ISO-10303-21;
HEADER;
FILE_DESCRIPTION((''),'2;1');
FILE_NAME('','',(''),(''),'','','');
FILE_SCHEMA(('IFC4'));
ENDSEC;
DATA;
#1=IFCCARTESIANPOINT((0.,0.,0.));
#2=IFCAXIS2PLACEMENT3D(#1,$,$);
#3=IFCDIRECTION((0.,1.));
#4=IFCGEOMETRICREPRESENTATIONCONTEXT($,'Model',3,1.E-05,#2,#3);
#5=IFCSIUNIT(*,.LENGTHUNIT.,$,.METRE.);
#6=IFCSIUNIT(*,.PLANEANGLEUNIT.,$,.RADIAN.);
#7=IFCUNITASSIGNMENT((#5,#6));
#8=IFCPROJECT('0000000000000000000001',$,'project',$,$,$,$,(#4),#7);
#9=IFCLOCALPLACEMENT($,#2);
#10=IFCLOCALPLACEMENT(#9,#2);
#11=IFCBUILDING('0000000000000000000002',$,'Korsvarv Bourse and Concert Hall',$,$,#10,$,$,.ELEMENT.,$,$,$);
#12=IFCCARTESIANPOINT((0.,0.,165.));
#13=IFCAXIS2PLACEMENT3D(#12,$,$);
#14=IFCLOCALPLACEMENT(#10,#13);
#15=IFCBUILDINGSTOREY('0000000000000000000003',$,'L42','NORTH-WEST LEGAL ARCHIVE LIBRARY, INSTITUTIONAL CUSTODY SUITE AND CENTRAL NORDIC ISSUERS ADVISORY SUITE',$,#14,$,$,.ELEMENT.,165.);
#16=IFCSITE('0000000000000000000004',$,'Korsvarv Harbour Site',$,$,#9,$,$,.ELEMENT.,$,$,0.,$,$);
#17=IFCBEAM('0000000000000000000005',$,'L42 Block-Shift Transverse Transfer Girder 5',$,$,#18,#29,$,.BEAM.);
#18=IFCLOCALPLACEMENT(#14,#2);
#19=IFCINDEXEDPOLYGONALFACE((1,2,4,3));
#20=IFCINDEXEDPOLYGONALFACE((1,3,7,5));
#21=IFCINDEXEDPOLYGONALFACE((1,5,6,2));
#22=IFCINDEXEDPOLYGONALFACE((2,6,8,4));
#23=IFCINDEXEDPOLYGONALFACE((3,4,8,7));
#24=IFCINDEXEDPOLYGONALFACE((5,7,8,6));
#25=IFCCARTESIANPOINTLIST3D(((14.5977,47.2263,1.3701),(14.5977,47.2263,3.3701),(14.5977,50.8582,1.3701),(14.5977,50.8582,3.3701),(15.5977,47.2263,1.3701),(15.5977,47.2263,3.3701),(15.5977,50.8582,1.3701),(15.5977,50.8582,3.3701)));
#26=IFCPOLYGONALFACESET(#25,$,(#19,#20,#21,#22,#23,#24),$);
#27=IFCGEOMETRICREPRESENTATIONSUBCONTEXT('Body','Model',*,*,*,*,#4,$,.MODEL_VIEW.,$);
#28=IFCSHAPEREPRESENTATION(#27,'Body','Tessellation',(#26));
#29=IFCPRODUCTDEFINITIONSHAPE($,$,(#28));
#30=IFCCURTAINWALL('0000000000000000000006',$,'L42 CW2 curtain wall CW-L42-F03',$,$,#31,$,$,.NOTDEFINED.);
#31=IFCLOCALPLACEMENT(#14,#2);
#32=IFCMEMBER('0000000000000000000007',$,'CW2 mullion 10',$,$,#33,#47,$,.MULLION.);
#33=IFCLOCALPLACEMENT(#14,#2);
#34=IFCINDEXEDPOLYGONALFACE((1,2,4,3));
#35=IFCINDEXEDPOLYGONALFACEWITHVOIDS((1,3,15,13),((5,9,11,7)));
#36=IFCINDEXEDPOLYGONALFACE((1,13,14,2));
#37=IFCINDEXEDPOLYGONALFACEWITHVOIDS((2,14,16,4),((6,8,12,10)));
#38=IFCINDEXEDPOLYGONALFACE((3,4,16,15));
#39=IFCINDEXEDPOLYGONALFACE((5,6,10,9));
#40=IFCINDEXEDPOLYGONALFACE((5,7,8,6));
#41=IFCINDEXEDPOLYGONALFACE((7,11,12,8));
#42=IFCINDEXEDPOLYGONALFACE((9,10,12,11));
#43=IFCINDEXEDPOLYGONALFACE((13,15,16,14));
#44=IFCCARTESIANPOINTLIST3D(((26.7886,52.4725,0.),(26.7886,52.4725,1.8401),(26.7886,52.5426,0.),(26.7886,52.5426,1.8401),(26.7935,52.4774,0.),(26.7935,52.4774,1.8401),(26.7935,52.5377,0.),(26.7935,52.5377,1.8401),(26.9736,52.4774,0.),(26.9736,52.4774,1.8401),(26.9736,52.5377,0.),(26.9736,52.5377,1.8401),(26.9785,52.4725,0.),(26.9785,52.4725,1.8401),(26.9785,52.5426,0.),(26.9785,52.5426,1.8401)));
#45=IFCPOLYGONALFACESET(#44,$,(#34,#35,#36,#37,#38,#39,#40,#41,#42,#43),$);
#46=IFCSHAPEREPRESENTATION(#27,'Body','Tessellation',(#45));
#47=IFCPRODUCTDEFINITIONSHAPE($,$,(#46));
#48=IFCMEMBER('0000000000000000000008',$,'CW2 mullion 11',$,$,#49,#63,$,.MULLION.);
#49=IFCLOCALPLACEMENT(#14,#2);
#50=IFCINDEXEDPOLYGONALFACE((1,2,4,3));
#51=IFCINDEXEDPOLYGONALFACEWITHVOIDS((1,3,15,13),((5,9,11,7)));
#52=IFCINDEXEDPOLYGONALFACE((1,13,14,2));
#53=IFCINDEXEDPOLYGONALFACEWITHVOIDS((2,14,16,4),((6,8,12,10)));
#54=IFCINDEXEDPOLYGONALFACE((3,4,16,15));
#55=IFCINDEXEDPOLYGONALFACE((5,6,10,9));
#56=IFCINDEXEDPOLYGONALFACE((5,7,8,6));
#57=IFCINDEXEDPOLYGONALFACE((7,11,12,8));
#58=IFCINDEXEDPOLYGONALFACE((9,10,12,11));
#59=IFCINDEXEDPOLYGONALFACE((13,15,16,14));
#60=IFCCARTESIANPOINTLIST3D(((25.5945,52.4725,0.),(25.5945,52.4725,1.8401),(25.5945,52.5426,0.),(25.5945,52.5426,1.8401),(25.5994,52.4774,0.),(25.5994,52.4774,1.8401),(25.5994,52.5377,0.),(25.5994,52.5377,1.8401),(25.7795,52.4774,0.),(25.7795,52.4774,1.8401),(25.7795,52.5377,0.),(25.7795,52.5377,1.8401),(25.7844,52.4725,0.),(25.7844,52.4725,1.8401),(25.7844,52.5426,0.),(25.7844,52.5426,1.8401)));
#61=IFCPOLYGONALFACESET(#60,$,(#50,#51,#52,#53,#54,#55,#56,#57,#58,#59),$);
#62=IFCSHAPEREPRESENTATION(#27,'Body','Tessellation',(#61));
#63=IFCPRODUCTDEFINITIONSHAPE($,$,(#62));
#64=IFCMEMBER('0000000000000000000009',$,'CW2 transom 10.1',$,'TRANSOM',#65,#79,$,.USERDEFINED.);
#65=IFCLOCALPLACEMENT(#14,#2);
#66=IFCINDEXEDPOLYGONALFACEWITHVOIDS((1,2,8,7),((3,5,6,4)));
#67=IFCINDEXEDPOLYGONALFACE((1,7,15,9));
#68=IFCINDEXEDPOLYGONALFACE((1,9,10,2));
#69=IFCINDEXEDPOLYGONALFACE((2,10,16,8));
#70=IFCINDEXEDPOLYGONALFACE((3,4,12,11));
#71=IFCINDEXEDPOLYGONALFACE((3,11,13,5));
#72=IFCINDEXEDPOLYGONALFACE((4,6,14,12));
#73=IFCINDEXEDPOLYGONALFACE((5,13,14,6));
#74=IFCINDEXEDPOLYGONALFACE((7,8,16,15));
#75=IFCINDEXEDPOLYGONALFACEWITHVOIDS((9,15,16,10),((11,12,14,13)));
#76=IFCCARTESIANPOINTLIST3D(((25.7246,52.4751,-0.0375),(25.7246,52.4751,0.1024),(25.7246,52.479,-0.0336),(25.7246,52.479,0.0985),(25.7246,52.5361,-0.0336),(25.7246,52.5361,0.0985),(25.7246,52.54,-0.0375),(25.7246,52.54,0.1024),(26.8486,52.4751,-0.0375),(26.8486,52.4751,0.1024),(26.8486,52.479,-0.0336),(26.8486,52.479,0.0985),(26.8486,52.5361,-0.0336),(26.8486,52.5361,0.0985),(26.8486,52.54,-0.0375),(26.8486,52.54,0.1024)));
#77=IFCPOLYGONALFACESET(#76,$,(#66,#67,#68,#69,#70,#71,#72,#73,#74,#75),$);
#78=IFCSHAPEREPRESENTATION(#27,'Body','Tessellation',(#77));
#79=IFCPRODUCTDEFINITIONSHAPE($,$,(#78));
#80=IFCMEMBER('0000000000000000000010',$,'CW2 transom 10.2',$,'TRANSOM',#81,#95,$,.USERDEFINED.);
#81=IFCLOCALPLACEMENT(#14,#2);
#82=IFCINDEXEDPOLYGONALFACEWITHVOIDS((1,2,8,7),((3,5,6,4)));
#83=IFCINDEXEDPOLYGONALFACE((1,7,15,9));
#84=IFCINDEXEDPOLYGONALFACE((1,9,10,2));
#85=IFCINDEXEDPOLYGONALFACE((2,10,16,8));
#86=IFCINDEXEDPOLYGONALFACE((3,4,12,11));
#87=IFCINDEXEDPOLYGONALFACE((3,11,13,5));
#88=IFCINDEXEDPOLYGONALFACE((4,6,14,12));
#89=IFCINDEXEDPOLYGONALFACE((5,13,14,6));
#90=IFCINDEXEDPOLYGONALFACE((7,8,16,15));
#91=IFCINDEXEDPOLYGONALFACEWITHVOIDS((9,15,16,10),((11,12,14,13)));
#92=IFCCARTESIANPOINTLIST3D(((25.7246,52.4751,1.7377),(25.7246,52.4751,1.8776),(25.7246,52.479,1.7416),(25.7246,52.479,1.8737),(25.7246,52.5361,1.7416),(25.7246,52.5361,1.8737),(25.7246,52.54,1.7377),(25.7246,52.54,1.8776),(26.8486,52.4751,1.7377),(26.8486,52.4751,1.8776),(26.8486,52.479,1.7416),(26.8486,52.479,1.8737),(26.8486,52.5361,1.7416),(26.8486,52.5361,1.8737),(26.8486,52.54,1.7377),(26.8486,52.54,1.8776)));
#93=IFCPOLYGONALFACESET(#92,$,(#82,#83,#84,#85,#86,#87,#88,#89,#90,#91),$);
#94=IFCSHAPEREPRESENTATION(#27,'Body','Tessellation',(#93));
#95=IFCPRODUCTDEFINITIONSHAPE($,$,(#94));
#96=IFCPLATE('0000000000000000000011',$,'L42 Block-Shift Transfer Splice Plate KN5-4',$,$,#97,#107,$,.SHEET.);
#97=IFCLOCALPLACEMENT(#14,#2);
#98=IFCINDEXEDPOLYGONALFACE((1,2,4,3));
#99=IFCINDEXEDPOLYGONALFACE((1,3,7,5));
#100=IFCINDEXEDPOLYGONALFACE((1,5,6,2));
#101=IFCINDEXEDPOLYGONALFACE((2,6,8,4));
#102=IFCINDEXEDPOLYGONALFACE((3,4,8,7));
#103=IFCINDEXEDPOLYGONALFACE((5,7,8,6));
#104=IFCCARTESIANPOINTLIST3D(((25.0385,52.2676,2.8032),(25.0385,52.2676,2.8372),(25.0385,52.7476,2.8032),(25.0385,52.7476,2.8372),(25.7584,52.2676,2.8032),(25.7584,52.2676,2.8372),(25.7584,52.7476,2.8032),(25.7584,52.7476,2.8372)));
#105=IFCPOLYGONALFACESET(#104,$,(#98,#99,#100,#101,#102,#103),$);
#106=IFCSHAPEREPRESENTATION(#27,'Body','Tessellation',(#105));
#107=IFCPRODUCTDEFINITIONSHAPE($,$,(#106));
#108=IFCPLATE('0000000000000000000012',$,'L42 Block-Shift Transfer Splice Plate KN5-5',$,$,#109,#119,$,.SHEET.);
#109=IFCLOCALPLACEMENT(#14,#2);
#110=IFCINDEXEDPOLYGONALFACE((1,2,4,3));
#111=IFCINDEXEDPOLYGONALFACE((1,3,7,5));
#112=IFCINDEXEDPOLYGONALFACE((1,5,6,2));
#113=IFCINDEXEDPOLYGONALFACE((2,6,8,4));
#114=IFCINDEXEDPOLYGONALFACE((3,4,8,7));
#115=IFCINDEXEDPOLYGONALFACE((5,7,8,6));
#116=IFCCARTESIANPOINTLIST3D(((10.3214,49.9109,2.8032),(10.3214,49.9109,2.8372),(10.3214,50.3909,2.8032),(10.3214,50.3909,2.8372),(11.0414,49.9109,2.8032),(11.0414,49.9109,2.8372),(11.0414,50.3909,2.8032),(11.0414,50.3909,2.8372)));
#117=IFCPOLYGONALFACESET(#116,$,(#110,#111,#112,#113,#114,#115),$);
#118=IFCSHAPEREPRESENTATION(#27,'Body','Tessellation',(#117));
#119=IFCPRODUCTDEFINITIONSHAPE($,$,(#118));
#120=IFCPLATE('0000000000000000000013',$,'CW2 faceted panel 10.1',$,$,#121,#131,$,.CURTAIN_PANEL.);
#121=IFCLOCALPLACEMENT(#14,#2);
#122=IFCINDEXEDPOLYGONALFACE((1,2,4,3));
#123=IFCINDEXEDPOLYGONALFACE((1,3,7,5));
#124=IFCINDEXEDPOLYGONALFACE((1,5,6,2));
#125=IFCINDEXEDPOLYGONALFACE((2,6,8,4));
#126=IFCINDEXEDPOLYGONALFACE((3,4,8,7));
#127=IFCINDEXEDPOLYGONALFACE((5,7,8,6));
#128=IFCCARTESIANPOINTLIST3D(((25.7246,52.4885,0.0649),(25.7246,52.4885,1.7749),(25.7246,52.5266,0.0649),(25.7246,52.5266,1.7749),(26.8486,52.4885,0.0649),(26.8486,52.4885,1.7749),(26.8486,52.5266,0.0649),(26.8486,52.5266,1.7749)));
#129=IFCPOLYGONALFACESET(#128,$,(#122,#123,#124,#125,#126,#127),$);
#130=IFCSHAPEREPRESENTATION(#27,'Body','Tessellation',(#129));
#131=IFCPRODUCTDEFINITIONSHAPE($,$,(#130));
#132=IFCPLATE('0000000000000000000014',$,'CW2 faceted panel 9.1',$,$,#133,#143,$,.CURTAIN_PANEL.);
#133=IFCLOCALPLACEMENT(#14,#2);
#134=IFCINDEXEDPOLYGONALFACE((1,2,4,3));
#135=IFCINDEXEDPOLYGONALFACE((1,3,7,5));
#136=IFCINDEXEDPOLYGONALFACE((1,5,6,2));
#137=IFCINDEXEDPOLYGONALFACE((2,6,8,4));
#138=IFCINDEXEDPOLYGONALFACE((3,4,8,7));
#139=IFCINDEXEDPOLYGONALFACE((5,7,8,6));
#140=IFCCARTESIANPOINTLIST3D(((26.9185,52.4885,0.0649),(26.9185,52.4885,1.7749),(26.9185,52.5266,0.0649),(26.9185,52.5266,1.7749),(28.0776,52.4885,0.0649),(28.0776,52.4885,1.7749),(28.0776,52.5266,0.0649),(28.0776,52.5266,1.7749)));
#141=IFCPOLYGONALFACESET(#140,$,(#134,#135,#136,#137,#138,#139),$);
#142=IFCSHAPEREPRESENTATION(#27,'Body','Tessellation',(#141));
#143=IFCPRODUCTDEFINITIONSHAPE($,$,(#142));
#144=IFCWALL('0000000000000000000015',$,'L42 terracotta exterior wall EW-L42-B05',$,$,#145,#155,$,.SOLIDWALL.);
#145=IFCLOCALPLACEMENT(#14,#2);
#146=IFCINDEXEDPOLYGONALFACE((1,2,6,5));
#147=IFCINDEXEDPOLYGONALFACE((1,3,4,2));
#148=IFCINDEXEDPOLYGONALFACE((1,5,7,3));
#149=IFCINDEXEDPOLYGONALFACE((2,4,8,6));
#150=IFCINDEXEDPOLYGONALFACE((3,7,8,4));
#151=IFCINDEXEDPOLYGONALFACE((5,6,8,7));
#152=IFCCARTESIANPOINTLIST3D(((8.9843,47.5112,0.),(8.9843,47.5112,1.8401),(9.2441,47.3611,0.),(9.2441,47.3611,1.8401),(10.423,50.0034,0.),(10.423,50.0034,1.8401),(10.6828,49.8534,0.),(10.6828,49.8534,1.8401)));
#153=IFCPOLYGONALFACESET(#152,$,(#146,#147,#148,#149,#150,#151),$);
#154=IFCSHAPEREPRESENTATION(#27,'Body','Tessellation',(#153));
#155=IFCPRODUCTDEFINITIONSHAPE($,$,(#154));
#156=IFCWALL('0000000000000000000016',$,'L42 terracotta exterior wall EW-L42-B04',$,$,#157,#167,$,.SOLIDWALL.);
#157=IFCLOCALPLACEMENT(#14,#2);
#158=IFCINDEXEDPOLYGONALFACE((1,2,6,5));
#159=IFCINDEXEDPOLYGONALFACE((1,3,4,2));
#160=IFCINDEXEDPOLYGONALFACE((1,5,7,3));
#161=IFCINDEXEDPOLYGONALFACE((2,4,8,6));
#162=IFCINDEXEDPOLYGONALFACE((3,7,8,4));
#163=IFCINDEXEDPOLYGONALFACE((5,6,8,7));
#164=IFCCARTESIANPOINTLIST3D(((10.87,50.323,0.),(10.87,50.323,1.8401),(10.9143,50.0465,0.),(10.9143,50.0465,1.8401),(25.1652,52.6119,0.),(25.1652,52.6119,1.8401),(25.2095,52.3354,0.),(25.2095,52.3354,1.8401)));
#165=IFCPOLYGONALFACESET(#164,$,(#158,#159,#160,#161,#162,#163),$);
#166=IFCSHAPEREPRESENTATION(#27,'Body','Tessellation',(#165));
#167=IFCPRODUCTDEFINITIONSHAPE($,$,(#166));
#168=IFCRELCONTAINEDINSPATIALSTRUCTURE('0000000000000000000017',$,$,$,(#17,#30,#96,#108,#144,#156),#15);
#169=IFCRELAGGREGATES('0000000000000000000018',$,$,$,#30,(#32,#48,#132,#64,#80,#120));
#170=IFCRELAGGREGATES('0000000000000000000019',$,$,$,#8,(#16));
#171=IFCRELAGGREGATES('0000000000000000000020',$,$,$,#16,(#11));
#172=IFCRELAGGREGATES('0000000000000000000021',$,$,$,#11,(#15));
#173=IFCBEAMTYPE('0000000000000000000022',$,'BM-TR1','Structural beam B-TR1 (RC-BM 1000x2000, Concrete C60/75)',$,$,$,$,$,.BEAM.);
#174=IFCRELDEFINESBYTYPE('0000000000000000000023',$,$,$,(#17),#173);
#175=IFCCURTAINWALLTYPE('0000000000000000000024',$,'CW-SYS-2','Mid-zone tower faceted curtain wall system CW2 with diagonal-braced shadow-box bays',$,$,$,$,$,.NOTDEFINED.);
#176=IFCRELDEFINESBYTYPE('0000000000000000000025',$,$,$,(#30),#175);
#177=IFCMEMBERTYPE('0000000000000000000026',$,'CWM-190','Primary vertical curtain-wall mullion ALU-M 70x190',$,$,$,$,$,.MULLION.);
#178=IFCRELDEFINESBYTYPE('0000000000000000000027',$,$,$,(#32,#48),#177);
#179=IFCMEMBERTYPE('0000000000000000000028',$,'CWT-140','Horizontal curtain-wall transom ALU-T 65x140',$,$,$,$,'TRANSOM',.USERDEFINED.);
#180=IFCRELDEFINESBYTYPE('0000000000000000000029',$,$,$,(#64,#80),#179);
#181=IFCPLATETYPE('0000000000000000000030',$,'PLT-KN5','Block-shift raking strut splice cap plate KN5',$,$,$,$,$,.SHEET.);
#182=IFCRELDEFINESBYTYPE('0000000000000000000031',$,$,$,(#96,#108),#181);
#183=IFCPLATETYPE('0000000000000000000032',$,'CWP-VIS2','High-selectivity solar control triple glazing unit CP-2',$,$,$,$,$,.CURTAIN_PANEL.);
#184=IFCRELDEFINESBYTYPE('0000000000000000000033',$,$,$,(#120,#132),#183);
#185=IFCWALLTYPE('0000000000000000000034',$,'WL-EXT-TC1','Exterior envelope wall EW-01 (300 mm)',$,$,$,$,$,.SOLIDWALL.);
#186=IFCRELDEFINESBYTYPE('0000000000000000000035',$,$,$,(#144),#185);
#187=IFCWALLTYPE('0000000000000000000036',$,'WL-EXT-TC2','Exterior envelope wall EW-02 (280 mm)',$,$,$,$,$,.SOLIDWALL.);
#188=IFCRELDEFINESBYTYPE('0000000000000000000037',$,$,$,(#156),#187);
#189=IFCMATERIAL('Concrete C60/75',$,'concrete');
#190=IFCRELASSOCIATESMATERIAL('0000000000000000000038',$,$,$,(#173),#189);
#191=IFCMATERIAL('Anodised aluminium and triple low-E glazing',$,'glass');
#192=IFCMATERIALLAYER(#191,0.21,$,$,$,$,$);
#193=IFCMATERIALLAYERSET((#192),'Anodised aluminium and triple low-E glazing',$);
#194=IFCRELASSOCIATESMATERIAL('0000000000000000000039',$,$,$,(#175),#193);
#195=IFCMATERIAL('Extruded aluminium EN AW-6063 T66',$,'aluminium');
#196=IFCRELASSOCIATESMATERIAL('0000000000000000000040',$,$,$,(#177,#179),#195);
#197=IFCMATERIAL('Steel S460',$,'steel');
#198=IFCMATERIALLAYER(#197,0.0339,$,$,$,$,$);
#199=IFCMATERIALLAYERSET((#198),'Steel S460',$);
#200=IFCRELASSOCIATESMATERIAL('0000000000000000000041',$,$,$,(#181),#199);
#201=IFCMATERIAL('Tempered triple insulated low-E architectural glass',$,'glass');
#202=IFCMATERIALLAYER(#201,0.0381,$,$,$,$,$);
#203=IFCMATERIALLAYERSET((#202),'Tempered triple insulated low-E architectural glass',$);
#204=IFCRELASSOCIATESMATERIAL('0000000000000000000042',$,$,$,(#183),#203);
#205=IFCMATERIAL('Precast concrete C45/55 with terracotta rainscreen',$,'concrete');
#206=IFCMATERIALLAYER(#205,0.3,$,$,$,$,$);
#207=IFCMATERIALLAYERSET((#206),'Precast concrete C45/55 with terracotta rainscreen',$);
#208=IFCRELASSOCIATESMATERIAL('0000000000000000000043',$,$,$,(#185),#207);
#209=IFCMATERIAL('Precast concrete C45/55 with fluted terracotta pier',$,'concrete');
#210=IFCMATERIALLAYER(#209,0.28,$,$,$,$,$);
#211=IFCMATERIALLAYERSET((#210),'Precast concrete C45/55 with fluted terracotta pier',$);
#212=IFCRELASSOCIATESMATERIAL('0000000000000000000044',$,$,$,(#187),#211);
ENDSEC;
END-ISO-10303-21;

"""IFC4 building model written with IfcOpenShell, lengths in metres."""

from ifc_helpers import new_model, si_unit, direction, frame, frame_2d, origin, origin_2d, place, context, subcontext, project, spatial, rectangle, hollow_rectangle, extrude, source, transform, mapped, material, layer, layer_set, material_profile, profile_set, type_object, element, aggregate, save


model = new_model("IFC4")

# Units and contexts
model_context = context("Model", 3, precision=1e-05, world=origin(), true_north=direction((0.0, 1.0)))
body_context = subcontext(model_context, "Body", "Model", "MODEL_VIEW")
ifc_project = project(units=[si_unit("LENGTHUNIT", "METRE"), si_unit("PLANEANGLEUNIT", "RADIAN")], contexts=[model_context])

# Site, building, storey
site_placement = place(None, origin())
site = spatial("IfcSite", under=ifc_project, at=site_placement, Name="Korsvarv Harbour Site", CompositionType="ELEMENT", RefElevation=0.0)
building_placement = place(site_placement, origin())
building = spatial("IfcBuilding", under=site, at=building_placement, Name="Korsvarv Bourse and Concert Hall", CompositionType="ELEMENT")
storey_placement = place(building_placement, frame((0.0, 0.0, 165.0)))
storey = spatial("IfcBuildingStorey", under=building, at=storey_placement, Name="L42", Description="NORTH-WEST LEGAL ARCHIVE LIBRARY, INSTITUTIONAL CUSTODY SUITE AND CENTRAL NORDIC ISSUERS ADVISORY SUITE", CompositionType="ELEMENT", Elevation=165.0)

# Shared definitions
ifc_material_1 = material(Name="Concrete C60/75", Category="concrete")

# Beam
ifc_material_profile_1 = material_profile(ifc_material_1, rectangle(XDim=1.0, YDim=2.0, at=origin_2d()), Name="RC-BM 1000x2000")
ifc_profile_set_1 = profile_set([ifc_material_profile_1], Name="Concrete C60/75")
beam_type_1 = type_object("IfcBeamType", Name="BM-TR1", Description="Structural beam B-TR1 (RC-BM 1000x2000, Concrete C60/75)", PredefinedType="BEAM", material=ifc_profile_set_1)
shared_shape_1 = source(origin(), body_context, "Body", "SweptSolid", [
    extrude(rectangle(XDim=1.0, YDim=2.0, at=origin_2d()), origin(), (0.0, 0.0, 1.0), 3.6318),
])
beam_1_placement = place(storey_placement, frame((15.0977, 47.2263, 2.3701), z_axis=(0.0, 1.0, 0.0), x_axis=(-1.0, 0.0, 0.0)))
element("IfcBeam", 1, at=beam_1_placement, inside=storey, type_object=beam_type_1, Name="L42 Block-Shift Transverse Transfer Girder 5", PredefinedType="BEAM", context=body_context, shape_type="MappedRepresentation", body=[
    mapped(shared_shape_1, transform((0.0, 0.0, 0.0), scale=1.0)),
])

# Curtain wall, members
ifc_material_2 = material(Name="Anodised aluminium and triple low-E glazing", Category="glass")
ifc_layer_1 = layer(ifc_material_2, 0.21)
ifc_layer_set_1 = layer_set([ifc_layer_1], Name="Anodised aluminium and triple low-E glazing")
curtain_wall_type = type_object("IfcCurtainWallType", Name="CW-SYS-2", Description="Mid-zone tower faceted curtain wall system CW2 with diagonal-braced shadow-box bays", PredefinedType="NOTDEFINED", material=ifc_layer_set_1)
curtain_wall_placement = place(storey_placement, origin())
curtain_wall = element("IfcCurtainWall", 2, at=curtain_wall_placement, inside=storey, type_object=curtain_wall_type, Name="L42 CW2 curtain wall CW-L42-F03", PredefinedType="NOTDEFINED")
ifc_material_3 = material(Name="Extruded aluminium EN AW-6063 T66", Category="aluminium")
ifc_material_profile_2 = material_profile(ifc_material_3, hollow_rectangle(XDim=0.0701, YDim=0.1899, WallThickness=0.0049, at=origin_2d()), Name="ALU-M 70x190")
ifc_profile_set_2 = profile_set([ifc_material_profile_2], Name="Extruded aluminium EN AW-6063 T66")
member_type_1 = type_object("IfcMemberType", Name="CWM-190", Description="Primary vertical curtain-wall mullion ALU-M 70x190", PredefinedType="MULLION", material=ifc_profile_set_2)
shared_shape_2 = source(origin(), body_context, "Body", "SweptSolid", [
    extrude(hollow_rectangle(XDim=0.0701, YDim=0.1899, WallThickness=0.0049, at=origin_2d()), origin(), (0.0, 0.0, 1.0), 1.8401),
])
member_1_placement = place(storey_placement, frame((26.8835, 52.5076, 0.0), z_axis=(0.0, 0.0, 1.0), x_axis=(0.0, -1.0, 0.0)))
member_1 = element("IfcMember", 3, at=member_1_placement, type_object=member_type_1, Name="CW2 mullion 10", PredefinedType="MULLION", context=body_context, shape_type="MappedRepresentation", body=[
    mapped(shared_shape_2, transform((0.0, 0.0, 0.0), scale=1.0)),
])
member_2_placement = place(storey_placement, frame((25.6895, 52.5076, 0.0), z_axis=(0.0, 0.0, 1.0), x_axis=(0.0, -1.0, 0.0)))
member_2 = element("IfcMember", 4, at=member_2_placement, type_object=member_type_1, Name="CW2 mullion 11", PredefinedType="MULLION", context=body_context, shape_type="MappedRepresentation", body=[
    mapped(shared_shape_2, transform((0.0, 0.0, 0.0), scale=1.0)),
])
ifc_material_profile_3 = material_profile(ifc_material_3, hollow_rectangle(XDim=0.0649, YDim=0.1399, WallThickness=0.0039, at=origin_2d()), Name="ALU-T 65x140")
ifc_profile_set_3 = profile_set([ifc_material_profile_3], Name="Extruded aluminium EN AW-6063 T66")
member_type_2 = type_object("IfcMemberType", Name="CWT-140", Description="Horizontal curtain-wall transom ALU-T 65x140", ElementType="TRANSOM", PredefinedType="USERDEFINED", material=ifc_profile_set_3)
shared_shape_3 = source(origin(), body_context, "Body", "SweptSolid", [
    extrude(hollow_rectangle(XDim=0.0649, YDim=0.1399, WallThickness=0.0039, at=origin_2d()), origin(), (0.0, 0.0, 1.0), 1.124),
])
member_3_placement = place(storey_placement, frame((26.8486, 52.5076, 0.0325), z_axis=(-1.0, 0.0, 0.0), x_axis=(0.0, -1.0, 0.0)))
member_3 = element("IfcMember", 5, at=member_3_placement, type_object=member_type_2, Name="CW2 transom 10.1", ObjectType="TRANSOM", PredefinedType="USERDEFINED", context=body_context, shape_type="MappedRepresentation", body=[
    mapped(shared_shape_3, transform((0.0, 0.0, 0.0), scale=1.0)),
])
member_4_placement = place(storey_placement, frame((26.8486, 52.5076, 1.8076), z_axis=(-1.0, 0.0, 0.0), x_axis=(0.0, -1.0, 0.0)))
member_4 = element("IfcMember", 6, at=member_4_placement, type_object=member_type_2, Name="CW2 transom 10.2", ObjectType="TRANSOM", PredefinedType="USERDEFINED", context=body_context, shape_type="MappedRepresentation", body=[
    mapped(shared_shape_3, transform((0.0, 0.0, 0.0), scale=1.0)),
])

# Plates
ifc_material_4 = material(Name="Steel S460", Category="steel")
ifc_layer_2 = layer(ifc_material_4, 0.0339)
ifc_layer_set_2 = layer_set([ifc_layer_2], Name="Steel S460")
plate_type_1 = type_object("IfcPlateType", Name="PLT-KN5", Description="Block-shift raking strut splice cap plate KN5", PredefinedType="SHEET", material=ifc_layer_set_2)
shared_shape_4 = source(origin(), body_context, "Body", "SweptSolid", [
    extrude(rectangle(XDim=0.72, YDim=0.48, at=origin_2d()), origin(), (0.0, 0.0, 1.0), 0.0339),
])
for number, where, z_axis, x_axis, name in (
    (7, (25.3984, 52.5076, 2.8032), (0.0, 0.0, 1.0), (1.0, 0.0, 0.0), "L42 Block-Shift Transfer Splice Plate KN5-4"),
    (8, (10.6814, 50.1509, 2.8032), (0.0, 0.0, 1.0), (1.0, 0.0, 0.0), "L42 Block-Shift Transfer Splice Plate KN5-5"),
):
    element("IfcPlate", number, at=place(storey_placement, frame(where, z_axis=z_axis, x_axis=x_axis)), inside=storey, type_object=plate_type_1, Name=name, PredefinedType="SHEET", context=body_context, shape_type="MappedRepresentation", body=[
        mapped(shared_shape_4, transform((0.0, 0.0, 0.0), scale=1.0)),
    ])

# Plates
ifc_material_5 = material(Name="Tempered triple insulated low-E architectural glass", Category="glass")
ifc_layer_3 = layer(ifc_material_5, 0.0381)
ifc_layer_set_3 = layer_set([ifc_layer_3], Name="Tempered triple insulated low-E architectural glass")
plate_type_2 = type_object("IfcPlateType", Name="CWP-VIS2", Description="High-selectivity solar control triple glazing unit CP-2", PredefinedType="CURTAIN_PANEL", material=ifc_layer_set_3)
shared_shape_5 = source(origin(), body_context, "Body", "SweptSolid", [
    extrude(rectangle(XDim=1.124, YDim=0.0381, at=origin_2d()), origin(), (0.0, 0.0, 1.0), 1.71),
])
plate_1_placement = place(storey_placement, frame((26.2866, 52.5076, 0.0649), z_axis=(0.0, 0.0, 1.0), x_axis=(-1.0, 0.0, 0.0)))
plate_1 = element("IfcPlate", 9, at=plate_1_placement, type_object=plate_type_2, Name="CW2 faceted panel 10.1", PredefinedType="CURTAIN_PANEL", context=body_context, shape_type="MappedRepresentation", body=[
    mapped(shared_shape_5, transform((0.0, 0.0, 0.0), scale=1.0)),
])
shared_shape_6 = source(origin(), body_context, "Body", "SweptSolid", [
    extrude(rectangle(XDim=1.1592, YDim=0.0381, at=origin_2d()), origin(), (0.0, 0.0, 1.0), 1.71),
])
plate_2_placement = place(storey_placement, frame((27.498, 52.5076, 0.0649), z_axis=(0.0, 0.0, 1.0), x_axis=(-1.0, 0.0, 0.0)))
plate_2 = element("IfcPlate", 10, at=plate_2_placement, type_object=plate_type_2, Name="CW2 faceted panel 9.1", PredefinedType="CURTAIN_PANEL", context=body_context, shape_type="MappedRepresentation", body=[
    mapped(shared_shape_6, transform((0.0, 0.0, 0.0), scale=1.0)),
])
aggregate(curtain_wall, [member_1, member_2, plate_2, member_3, member_4, plate_1])

# Walls
ifc_material_6 = material(Name="Precast concrete C45/55 with terracotta rainscreen", Category="concrete")
ifc_layer_4 = layer(ifc_material_6, 0.3)
ifc_layer_set_4 = layer_set([ifc_layer_4], Name="Precast concrete C45/55 with terracotta rainscreen")
wall_type_1 = type_object("IfcWallType", Name="WL-EXT-TC1", Description="Exterior envelope wall EW-01 (300 mm)", PredefinedType="SOLIDWALL", material=ifc_layer_set_4)
wall_1_placement = place(storey_placement, frame((10.553, 49.9285, 0.0), z_axis=(0.0, 0.0, 1.0), x_axis=(-0.499962, -0.866047, 0.0)))
element("IfcWall", 11, at=wall_1_placement, inside=storey, type_object=wall_type_1, Name="L42 terracotta exterior wall EW-L42-B05", PredefinedType="SOLIDWALL", context=body_context, shape_type="SweptSolid", body=[
    extrude(rectangle(XDim=2.8777, YDim=0.3, at=frame_2d((1.439, 0.0))), origin(), (0.0, 0.0, 1.0), 1.8401),
])
ifc_material_7 = material(Name="Precast concrete C45/55 with fluted terracotta pier", Category="concrete")
ifc_layer_5 = layer(ifc_material_7, 0.28)
ifc_layer_set_5 = layer_set([ifc_layer_5], Name="Precast concrete C45/55 with fluted terracotta pier")
wall_type_2 = type_object("IfcWallType", Name="WL-EXT-TC2", Description="Exterior envelope wall EW-02 (280 mm)", PredefinedType="SOLIDWALL", material=ifc_layer_set_5)
wall_2_placement = place(storey_placement, frame((25.1875, 52.4736, 0.0), z_axis=(0.0, 0.0, 1.0), x_axis=(-0.987423, -0.158098, 0.0)))
element("IfcWall", 12, at=wall_2_placement, inside=storey, type_object=wall_type_2, Name="L42 terracotta exterior wall EW-L42-B04", PredefinedType="SOLIDWALL", context=body_context, shape_type="SweptSolid", body=[
    extrude(rectangle(XDim=14.4773, YDim=0.28, at=frame_2d((7.2388, 0.0))), origin(), (0.0, 0.0, 1.0), 1.8401),
])

save(model, "model.ifc")
